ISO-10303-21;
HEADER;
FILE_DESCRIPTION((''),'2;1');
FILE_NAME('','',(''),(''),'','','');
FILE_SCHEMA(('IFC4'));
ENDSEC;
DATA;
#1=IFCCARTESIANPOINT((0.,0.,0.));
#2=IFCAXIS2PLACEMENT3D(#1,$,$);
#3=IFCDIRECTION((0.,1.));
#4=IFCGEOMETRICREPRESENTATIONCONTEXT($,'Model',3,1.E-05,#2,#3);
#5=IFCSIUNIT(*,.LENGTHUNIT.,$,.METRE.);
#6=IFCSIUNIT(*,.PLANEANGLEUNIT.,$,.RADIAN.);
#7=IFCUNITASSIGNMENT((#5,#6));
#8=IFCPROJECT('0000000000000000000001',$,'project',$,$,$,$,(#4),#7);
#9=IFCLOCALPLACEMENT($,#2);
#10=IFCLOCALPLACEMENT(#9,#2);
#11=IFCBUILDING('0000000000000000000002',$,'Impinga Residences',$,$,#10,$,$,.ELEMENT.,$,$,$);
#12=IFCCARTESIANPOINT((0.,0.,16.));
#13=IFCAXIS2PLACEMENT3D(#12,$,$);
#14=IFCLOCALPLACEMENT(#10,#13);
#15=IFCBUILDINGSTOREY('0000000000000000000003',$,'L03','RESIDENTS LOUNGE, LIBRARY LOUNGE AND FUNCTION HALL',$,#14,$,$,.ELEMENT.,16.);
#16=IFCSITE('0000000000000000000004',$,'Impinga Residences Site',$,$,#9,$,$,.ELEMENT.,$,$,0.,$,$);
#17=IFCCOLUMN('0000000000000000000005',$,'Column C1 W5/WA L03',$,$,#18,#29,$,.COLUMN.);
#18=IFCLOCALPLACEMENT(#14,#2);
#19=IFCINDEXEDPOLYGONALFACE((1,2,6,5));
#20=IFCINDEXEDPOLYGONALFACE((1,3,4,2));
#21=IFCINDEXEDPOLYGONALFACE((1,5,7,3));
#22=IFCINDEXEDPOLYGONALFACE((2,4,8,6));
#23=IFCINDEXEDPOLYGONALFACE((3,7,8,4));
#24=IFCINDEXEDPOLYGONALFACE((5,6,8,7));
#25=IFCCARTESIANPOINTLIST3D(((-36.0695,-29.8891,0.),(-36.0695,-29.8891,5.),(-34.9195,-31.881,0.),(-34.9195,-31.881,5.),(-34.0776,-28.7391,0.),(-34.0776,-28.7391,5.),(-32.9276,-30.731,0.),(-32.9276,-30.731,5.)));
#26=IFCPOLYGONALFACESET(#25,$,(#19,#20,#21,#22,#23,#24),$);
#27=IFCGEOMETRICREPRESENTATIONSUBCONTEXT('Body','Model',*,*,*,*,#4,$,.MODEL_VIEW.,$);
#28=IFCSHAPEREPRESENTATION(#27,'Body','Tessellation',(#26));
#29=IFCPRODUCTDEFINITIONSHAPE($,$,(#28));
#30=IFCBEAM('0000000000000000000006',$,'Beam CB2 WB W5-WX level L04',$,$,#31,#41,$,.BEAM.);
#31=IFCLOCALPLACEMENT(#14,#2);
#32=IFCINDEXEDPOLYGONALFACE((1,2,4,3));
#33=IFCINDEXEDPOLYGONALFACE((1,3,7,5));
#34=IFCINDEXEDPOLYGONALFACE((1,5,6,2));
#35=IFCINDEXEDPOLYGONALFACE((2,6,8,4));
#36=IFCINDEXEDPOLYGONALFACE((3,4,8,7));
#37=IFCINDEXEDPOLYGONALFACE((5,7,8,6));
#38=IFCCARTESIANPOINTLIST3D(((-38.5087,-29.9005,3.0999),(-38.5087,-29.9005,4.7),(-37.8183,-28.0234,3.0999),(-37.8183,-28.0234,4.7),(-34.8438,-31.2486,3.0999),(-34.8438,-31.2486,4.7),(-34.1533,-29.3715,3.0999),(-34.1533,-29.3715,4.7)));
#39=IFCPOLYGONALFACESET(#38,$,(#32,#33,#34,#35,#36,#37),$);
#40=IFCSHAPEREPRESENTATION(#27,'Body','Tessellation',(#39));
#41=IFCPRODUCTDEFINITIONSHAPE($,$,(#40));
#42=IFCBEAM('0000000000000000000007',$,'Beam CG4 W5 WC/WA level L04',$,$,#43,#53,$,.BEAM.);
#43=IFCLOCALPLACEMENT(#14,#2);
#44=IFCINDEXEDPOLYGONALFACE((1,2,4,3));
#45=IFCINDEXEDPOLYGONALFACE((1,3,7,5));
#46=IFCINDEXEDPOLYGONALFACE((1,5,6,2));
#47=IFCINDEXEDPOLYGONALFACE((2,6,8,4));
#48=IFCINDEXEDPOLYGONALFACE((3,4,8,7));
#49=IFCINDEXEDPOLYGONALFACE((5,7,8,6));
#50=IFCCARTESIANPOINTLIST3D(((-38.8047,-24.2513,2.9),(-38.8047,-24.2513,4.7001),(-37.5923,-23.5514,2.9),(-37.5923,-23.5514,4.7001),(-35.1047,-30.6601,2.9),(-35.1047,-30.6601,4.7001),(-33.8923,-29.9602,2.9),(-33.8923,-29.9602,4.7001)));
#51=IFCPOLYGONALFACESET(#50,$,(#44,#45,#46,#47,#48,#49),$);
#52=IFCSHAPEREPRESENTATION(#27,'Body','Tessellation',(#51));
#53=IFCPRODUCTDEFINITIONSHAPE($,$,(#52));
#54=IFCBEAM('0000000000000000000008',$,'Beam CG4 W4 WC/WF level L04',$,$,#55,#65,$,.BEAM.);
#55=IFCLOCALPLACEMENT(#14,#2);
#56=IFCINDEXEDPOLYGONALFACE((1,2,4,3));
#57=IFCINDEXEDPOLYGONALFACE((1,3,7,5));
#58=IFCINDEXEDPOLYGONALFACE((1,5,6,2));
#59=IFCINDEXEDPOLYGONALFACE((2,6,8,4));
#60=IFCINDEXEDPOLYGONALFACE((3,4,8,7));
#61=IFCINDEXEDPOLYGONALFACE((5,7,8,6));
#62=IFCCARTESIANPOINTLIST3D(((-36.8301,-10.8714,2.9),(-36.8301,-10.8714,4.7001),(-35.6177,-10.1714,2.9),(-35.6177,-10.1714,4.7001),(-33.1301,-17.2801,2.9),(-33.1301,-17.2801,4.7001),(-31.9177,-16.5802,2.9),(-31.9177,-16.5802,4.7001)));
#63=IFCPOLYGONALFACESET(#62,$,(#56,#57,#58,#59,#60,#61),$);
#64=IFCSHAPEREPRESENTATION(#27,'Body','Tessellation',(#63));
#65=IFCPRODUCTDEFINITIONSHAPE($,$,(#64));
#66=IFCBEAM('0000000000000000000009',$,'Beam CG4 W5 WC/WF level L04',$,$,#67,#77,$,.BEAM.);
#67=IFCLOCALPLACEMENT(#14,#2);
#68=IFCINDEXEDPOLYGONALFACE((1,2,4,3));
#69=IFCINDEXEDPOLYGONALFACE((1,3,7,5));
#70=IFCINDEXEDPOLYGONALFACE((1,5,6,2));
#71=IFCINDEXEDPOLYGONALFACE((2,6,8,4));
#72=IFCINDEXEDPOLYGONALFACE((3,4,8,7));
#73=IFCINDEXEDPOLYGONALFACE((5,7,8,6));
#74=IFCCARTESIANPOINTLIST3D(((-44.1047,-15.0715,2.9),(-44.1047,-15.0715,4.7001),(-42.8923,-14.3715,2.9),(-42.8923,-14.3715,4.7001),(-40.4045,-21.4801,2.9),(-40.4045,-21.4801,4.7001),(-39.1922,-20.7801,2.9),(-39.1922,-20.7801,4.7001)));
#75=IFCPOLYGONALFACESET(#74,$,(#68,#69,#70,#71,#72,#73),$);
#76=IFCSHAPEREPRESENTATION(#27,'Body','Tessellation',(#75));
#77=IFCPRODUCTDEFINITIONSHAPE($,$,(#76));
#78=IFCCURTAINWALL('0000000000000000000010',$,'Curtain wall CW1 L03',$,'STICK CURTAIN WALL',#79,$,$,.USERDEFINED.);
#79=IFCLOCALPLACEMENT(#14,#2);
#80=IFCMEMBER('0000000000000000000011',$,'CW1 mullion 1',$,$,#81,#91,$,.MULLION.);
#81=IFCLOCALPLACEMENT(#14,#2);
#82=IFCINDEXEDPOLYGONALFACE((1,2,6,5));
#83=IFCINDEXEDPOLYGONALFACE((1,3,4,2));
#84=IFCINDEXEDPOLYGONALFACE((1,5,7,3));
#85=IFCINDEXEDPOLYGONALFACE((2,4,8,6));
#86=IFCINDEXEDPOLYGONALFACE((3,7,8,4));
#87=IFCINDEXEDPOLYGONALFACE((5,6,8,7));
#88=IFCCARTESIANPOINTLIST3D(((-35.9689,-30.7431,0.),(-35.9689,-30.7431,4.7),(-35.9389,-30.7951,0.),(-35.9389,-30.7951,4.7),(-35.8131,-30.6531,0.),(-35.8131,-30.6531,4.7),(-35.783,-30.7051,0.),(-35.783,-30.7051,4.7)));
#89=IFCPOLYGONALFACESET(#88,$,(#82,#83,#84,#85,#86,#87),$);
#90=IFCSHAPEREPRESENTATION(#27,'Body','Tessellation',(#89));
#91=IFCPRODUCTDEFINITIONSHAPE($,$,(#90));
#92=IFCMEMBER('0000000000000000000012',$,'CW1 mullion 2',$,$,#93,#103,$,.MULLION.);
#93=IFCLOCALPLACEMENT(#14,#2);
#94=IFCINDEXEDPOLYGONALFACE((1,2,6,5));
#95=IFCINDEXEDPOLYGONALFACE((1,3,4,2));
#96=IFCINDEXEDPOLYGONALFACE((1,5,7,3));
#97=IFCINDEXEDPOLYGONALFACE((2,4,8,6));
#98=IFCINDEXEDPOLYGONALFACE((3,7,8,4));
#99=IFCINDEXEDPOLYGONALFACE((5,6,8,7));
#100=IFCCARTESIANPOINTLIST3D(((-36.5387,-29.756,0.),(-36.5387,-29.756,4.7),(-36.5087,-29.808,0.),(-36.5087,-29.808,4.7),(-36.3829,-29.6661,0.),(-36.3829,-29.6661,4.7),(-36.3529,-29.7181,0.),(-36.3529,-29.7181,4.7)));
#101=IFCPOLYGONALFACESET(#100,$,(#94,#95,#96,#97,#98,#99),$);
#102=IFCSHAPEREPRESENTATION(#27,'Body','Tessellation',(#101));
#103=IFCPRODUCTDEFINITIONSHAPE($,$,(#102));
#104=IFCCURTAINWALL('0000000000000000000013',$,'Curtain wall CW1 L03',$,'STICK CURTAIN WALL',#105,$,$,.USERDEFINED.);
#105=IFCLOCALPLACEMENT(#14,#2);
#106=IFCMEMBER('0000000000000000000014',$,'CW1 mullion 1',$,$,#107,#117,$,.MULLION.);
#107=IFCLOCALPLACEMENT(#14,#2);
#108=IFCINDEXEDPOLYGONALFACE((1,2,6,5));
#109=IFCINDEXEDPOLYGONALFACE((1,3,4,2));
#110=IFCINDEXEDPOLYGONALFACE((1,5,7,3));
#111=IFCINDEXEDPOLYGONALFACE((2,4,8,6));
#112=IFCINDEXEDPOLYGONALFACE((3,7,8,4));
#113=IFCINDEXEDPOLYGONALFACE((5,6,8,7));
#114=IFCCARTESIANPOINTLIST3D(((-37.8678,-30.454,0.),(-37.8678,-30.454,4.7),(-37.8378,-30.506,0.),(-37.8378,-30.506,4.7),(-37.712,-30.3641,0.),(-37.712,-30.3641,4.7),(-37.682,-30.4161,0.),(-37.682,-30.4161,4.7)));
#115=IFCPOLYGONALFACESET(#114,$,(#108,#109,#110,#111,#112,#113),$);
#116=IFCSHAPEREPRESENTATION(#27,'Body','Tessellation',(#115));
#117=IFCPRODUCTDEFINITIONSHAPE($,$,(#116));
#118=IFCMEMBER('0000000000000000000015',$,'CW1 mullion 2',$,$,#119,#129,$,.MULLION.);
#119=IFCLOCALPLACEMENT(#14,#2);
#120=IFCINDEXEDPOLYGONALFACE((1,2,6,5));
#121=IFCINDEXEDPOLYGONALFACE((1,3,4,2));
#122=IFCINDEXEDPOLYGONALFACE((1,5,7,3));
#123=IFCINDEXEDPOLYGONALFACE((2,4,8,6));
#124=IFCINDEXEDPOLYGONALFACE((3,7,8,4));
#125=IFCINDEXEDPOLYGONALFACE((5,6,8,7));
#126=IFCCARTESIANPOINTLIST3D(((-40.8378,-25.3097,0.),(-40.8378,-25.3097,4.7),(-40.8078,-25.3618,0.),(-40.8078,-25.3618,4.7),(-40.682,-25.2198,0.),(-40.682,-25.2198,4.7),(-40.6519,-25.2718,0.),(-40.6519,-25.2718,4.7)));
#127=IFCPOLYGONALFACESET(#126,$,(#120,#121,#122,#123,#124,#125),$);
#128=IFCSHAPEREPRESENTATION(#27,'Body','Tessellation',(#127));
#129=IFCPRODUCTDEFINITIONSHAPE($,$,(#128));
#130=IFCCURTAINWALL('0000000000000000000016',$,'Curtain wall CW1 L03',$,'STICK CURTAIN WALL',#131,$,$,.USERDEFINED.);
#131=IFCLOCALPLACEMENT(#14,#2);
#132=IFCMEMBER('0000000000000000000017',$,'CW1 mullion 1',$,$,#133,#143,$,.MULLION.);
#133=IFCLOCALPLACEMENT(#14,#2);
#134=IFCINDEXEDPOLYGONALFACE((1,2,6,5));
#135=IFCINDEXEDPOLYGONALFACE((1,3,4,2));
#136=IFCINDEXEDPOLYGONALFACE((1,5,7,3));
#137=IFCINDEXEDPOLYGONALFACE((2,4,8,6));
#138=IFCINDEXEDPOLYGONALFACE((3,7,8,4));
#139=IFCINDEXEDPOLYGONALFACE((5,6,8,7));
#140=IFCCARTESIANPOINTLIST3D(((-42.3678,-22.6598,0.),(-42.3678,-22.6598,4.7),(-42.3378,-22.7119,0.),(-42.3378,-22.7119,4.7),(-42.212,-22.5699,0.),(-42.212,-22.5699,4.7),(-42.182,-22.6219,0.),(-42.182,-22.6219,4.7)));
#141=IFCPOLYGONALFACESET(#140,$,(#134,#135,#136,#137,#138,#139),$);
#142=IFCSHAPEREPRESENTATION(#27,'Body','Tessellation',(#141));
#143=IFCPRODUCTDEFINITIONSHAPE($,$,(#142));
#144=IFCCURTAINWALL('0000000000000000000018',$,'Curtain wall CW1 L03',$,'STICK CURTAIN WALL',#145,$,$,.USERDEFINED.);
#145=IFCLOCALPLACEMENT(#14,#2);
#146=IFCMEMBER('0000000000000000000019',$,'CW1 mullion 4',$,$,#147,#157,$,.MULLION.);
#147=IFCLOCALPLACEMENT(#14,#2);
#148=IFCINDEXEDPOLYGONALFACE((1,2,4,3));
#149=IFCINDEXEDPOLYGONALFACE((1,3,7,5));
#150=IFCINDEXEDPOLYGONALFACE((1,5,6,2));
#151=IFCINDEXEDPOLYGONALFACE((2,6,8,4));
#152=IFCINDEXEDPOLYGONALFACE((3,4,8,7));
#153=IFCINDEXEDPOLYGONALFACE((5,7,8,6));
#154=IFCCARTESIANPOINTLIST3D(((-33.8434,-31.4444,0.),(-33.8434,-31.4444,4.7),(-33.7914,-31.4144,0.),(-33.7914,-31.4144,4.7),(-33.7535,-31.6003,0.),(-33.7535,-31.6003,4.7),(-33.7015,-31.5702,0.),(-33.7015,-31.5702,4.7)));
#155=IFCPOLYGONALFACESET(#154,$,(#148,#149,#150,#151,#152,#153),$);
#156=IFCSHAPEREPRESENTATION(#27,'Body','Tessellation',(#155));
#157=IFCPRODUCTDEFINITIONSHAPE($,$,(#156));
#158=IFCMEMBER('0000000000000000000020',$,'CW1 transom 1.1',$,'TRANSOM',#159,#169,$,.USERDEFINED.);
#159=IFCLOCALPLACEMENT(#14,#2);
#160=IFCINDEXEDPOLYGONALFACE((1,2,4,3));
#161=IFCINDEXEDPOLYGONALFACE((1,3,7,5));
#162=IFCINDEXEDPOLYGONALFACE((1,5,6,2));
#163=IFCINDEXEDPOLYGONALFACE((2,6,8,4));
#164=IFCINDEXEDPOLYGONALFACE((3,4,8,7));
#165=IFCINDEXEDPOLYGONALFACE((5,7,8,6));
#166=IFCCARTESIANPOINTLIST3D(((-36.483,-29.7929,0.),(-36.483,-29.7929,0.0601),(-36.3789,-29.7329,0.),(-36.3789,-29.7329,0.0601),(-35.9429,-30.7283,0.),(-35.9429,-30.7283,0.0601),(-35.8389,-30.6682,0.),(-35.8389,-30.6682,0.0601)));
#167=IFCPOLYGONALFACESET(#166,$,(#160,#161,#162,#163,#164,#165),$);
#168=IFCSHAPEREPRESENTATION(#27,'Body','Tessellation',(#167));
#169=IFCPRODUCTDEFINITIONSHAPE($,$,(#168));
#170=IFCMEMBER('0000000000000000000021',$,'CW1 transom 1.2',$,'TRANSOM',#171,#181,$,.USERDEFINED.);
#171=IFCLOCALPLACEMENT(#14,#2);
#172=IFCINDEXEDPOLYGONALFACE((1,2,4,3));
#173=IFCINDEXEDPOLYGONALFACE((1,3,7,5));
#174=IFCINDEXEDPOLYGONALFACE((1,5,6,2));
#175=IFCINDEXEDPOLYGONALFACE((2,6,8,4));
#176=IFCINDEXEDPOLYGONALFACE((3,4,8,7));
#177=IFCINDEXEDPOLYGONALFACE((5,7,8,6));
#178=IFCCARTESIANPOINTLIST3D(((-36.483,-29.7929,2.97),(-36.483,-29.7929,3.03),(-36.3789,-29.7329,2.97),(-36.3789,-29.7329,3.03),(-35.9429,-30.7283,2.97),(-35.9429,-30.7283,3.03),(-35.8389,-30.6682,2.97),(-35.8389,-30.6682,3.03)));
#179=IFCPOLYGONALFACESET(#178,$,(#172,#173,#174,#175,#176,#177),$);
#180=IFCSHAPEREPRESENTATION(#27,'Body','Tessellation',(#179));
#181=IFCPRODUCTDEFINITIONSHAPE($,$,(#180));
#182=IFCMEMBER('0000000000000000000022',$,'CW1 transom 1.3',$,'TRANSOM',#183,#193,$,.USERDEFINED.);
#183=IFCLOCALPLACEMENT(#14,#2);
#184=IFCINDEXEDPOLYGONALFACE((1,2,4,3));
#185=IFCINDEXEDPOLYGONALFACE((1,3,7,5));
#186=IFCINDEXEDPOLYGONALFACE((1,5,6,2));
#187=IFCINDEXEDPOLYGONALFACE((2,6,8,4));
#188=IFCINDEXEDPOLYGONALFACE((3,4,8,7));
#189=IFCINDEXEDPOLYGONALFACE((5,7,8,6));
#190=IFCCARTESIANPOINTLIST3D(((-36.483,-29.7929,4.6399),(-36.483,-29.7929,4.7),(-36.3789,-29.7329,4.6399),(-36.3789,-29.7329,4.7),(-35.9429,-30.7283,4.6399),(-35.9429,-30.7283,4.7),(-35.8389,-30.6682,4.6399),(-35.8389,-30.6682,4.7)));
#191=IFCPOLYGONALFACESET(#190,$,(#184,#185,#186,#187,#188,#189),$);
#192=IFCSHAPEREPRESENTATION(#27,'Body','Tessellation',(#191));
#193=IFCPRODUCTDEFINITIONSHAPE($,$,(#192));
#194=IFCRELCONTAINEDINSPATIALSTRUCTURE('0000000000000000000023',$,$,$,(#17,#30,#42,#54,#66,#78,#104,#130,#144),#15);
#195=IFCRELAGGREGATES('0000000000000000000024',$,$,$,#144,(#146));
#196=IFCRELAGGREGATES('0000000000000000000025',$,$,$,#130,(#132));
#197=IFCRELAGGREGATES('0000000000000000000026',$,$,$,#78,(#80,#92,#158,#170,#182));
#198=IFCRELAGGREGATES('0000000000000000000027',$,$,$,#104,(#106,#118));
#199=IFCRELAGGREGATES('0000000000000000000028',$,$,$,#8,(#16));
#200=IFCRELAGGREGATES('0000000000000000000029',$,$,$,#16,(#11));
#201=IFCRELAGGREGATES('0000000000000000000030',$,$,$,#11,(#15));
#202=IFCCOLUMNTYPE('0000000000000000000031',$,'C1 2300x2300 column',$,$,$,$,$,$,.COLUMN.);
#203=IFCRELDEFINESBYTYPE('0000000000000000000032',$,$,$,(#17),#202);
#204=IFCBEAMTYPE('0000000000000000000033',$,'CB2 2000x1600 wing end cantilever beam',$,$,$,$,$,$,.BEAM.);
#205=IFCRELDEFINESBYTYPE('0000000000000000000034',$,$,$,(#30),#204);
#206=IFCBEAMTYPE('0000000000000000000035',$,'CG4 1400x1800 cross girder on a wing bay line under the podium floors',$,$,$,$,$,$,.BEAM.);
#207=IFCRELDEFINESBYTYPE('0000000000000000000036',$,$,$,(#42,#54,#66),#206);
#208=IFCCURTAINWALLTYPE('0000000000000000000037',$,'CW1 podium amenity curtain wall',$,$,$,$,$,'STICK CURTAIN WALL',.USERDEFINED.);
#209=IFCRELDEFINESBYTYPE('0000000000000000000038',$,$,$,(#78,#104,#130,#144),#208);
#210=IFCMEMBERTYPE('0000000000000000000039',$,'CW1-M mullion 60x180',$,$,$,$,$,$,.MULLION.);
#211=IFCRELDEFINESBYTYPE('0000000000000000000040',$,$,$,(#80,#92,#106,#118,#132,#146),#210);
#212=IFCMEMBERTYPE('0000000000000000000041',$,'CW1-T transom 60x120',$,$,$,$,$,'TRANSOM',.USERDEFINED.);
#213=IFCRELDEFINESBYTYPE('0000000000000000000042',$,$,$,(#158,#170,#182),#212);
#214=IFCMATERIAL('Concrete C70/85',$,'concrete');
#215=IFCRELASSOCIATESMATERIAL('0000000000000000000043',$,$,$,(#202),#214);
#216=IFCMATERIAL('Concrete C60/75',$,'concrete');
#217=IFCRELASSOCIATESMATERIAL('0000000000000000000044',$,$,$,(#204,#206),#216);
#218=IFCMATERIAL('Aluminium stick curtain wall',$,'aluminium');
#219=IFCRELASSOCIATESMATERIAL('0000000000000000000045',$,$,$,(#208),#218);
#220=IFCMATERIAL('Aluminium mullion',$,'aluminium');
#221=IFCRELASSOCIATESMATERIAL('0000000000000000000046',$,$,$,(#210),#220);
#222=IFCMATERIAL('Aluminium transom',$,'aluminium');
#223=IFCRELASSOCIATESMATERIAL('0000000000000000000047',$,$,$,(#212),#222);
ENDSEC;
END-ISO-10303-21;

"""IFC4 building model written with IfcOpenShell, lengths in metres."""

from ifc_helpers import new_model, si_unit, direction, frame, origin, origin_2d, place, context, subcontext, project, spatial, rectangle, extrude, material, material_profile, profile_set, type_object, element, aggregate, save


model = new_model("IFC4")

# Units and contexts
model_context = context("Model", 3, precision=1e-05, world=origin(), true_north=direction((0.0, 1.0)))
body_context = subcontext(model_context, "Body", "Model", "MODEL_VIEW")
ifc_project = project(units=[si_unit("LENGTHUNIT", "METRE"), si_unit("PLANEANGLEUNIT", "RADIAN")], contexts=[model_context])

# Site, building, storey
site_placement = place(None, origin())
site = spatial("IfcSite", under=ifc_project, at=site_placement, Name="Impinga Residences Site", CompositionType="ELEMENT", RefElevation=0.0)
building_placement = place(site_placement, origin())
building = spatial("IfcBuilding", under=site, at=building_placement, Name="Impinga Residences", CompositionType="ELEMENT")
storey_placement = place(building_placement, frame((0.0, 0.0, 16.0)))
storey = spatial("IfcBuildingStorey", under=building, at=storey_placement, Name="L03", Description="RESIDENTS LOUNGE, LIBRARY LOUNGE AND FUNCTION HALL", CompositionType="ELEMENT", Elevation=16.0)

# Column
ifc_material_1 = material(Name="Concrete C70/85", Category="concrete")
ifc_material_profile_1 = material_profile(ifc_material_1, rectangle(XDim=2.3, YDim=2.3, at=origin_2d()), Name="RC 2300x2300")
ifc_profile_set_1 = profile_set([ifc_material_profile_1], Name="Concrete C70/85")
column_type = type_object("IfcColumnType", Name="C1 2300x2300 column", PredefinedType="COLUMN", material=ifc_profile_set_1)
column_placement = place(storey_placement, frame((-34.4985, -30.3101, 0.0), z_axis=(0.0, 0.0, 1.0), x_axis=(-0.5, 0.866025, 0.0)))
element("IfcColumn", 1, at=column_placement, inside=storey, type_object=column_type, Name="Column C1 W5/WA L03", PredefinedType="COLUMN", context=body_context, shape_type="SweptSolid", body=[
    extrude(rectangle(XDim=2.3, YDim=2.3, at=origin_2d()), origin(), (0.0, 0.0, 1.0), 5.0),
])

# Beams
ifc_material_2 = material(Name="Concrete C60/75", Category="concrete")
ifc_material_profile_2 = material_profile(ifc_material_2, rectangle(XDim=2.0, YDim=1.6001, at=origin_2d()), Name="RC 2000x1600")
ifc_profile_set_2 = profile_set([ifc_material_profile_2], Name="Concrete C60/75")
beam_type_1 = type_object("IfcBeamType", Name="CB2 2000x1600 wing end cantilever beam", PredefinedType="BEAM", material=ifc_profile_set_2)
beam_placement = place(storey_placement, frame((-34.4985, -30.3101, 3.8999), z_axis=(-0.93852, 0.345224, 0.0), x_axis=(-0.345224, -0.93852, 0.0)))
element("IfcBeam", 2, at=beam_placement, inside=storey, type_object=beam_type_1, Name="Beam CB2 WB W5-WX level L04", PredefinedType="BEAM", context=body_context, shape_type="SweptSolid", body=[
    extrude(rectangle(XDim=2.0, YDim=1.6001, at=origin_2d()), origin(), (0.0, 0.0, 1.0), 3.905),
])
ifc_material_profile_3 = material_profile(ifc_material_2, rectangle(XDim=1.3999, YDim=1.8, at=origin_2d()), Name="RC 1400x1800")
ifc_profile_set_3 = profile_set([ifc_material_profile_3], Name="Concrete C60/75")
beam_type_2 = type_object("IfcBeamType", Name="CG4 1400x1800 cross girder on a wing bay line under the podium floors", PredefinedType="BEAM", material=ifc_profile_set_3)
for number, where, z_axis, x_axis, name in (
    (3, (-38.1985, -23.9014, 3.8), (0.499989, -0.866032, 0.0), (0.866032, 0.499989, 0.0), "Beam CG4 W5 WC/WA level L04"),
    (4, (-32.5239, -16.9302, 3.8), (-0.499989, 0.866032, 0.0), (-0.866032, -0.499989, 0.0), "Beam CG4 W4 WC/WF level L04"),
    (5, (-39.7983, -21.1301, 3.8), (-0.500014, 0.866017, 0.0), (-0.866017, -0.500014, 0.0), "Beam CG4 W5 WC/WF level L04"),
):
    element("IfcBeam", number, at=place(storey_placement, frame(where, z_axis=z_axis, x_axis=x_axis)), inside=storey, type_object=beam_type_2, Name=name, PredefinedType="BEAM", context=body_context, shape_type="SweptSolid", body=[
        extrude(rectangle(XDim=1.3999, YDim=1.8, at=origin_2d()), origin(), (0.0, 0.0, 1.0), 7.4001),
    ])

# Curtain walls, members
ifc_material_3 = material(Name="Aluminium stick curtain wall", Category="aluminium")
curtain_wall_type = type_object("IfcCurtainWallType", Name="CW1 podium amenity curtain wall", ElementType="STICK CURTAIN WALL", PredefinedType="USERDEFINED", material=ifc_material_3)
curtain_wall_1_placement = place(storey_placement, origin())
curtain_wall_1 = element("IfcCurtainWall", 6, at=curtain_wall_1_placement, inside=storey, type_object=curtain_wall_type, Name="Curtain wall CW1 L03", ObjectType="STICK CURTAIN WALL", PredefinedType="USERDEFINED")
ifc_material_4 = material(Name="Aluminium mullion", Category="aluminium")
ifc_material_profile_4 = material_profile(ifc_material_4, rectangle(XDim=0.0601, YDim=0.1799, at=origin_2d()), Name="60x180 mullion")
ifc_profile_set_4 = profile_set([ifc_material_profile_4], Name="Aluminium mullion")
member_type_1 = type_object("IfcMemberType", Name="CW1-M mullion 60x180", PredefinedType="MULLION", material=ifc_profile_set_4)
member_1_placement = place(storey_placement, frame((-35.876, -30.7241, 0.0), z_axis=(0.0, 0.0, 1.0), x_axis=(-0.5, 0.866026, 0.0)))
member_1 = element("IfcMember", 7, at=member_1_placement, type_object=member_type_1, Name="CW1 mullion 1", PredefinedType="MULLION", context=body_context, shape_type="SweptSolid", body=[
    extrude(rectangle(XDim=0.0601, YDim=0.1799, at=origin_2d()), origin(), (0.0, 0.0, 1.0), 4.7),
])
member_2_placement = place(storey_placement, frame((-36.4458, -29.7371, 0.0), z_axis=(0.0, 0.0, 1.0), x_axis=(-0.5, 0.866026, 0.0)))
member_2 = element("IfcMember", 8, at=member_2_placement, type_object=member_type_1, Name="CW1 mullion 2", PredefinedType="MULLION", context=body_context, shape_type="SweptSolid", body=[
    extrude(rectangle(XDim=0.0601, YDim=0.1799, at=origin_2d()), origin(), (0.0, 0.0, 1.0), 4.7),
])
curtain_wall_2_placement = place(storey_placement, origin())
curtain_wall_2 = element("IfcCurtainWall", 9, at=curtain_wall_2_placement, inside=storey, type_object=curtain_wall_type, Name="Curtain wall CW1 L03", ObjectType="STICK CURTAIN WALL", PredefinedType="USERDEFINED")
member_3_placement = place(storey_placement, frame((-37.7749, -30.4351, 0.0), z_axis=(0.0, 0.0, 1.0), x_axis=(-0.5, 0.866025, 0.0)))
member_3 = element("IfcMember", 10, at=member_3_placement, type_object=member_type_1, Name="CW1 mullion 1", PredefinedType="MULLION", context=body_context, shape_type="SweptSolid", body=[
    extrude(rectangle(XDim=0.0601, YDim=0.1799, at=origin_2d()), origin(), (0.0, 0.0, 1.0), 4.7),
])
member_4_placement = place(storey_placement, frame((-40.7449, -25.2908, 0.0), z_axis=(0.0, 0.0, 1.0), x_axis=(-0.5, 0.866025, 0.0)))
member_4 = element("IfcMember", 11, at=member_4_placement, type_object=member_type_1, Name="CW1 mullion 2", PredefinedType="MULLION", context=body_context, shape_type="SweptSolid", body=[
    extrude(rectangle(XDim=0.0601, YDim=0.1799, at=origin_2d()), origin(), (0.0, 0.0, 1.0), 4.7),
])

# Curtain walls, members
curtain_wall_3_placement = place(storey_placement, origin())
curtain_wall_3 = element("IfcCurtainWall", 12, at=curtain_wall_3_placement, inside=storey, type_object=curtain_wall_type, Name="Curtain wall CW1 L03", ObjectType="STICK CURTAIN WALL", PredefinedType="USERDEFINED")
member_5_placement = place(storey_placement, frame((-42.2749, -22.6409, 0.0), z_axis=(0.0, 0.0, 1.0), x_axis=(-0.5, 0.866025, 0.0)))
member_5 = element("IfcMember", 13, at=member_5_placement, type_object=member_type_1, Name="CW1 mullion 1", PredefinedType="MULLION", context=body_context, shape_type="SweptSolid", body=[
    extrude(rectangle(XDim=0.0601, YDim=0.1799, at=origin_2d()), origin(), (0.0, 0.0, 1.0), 4.7),
])
curtain_wall_4_placement = place(storey_placement, origin())
curtain_wall_4 = element("IfcCurtainWall", 14, at=curtain_wall_4_placement, inside=storey, type_object=curtain_wall_type, Name="Curtain wall CW1 L03", ObjectType="STICK CURTAIN WALL", PredefinedType="USERDEFINED")
member_6_placement = place(storey_placement, frame((-33.7725, -31.5073, 0.0), z_axis=(0.0, 0.0, 1.0), x_axis=(-0.866025, -0.5, 0.0)))
member_6 = element("IfcMember", 15, at=member_6_placement, type_object=member_type_1, Name="CW1 mullion 4", PredefinedType="MULLION", context=body_context, shape_type="SweptSolid", body=[
    extrude(rectangle(XDim=0.0601, YDim=0.1799, at=origin_2d()), origin(), (0.0, 0.0, 1.0), 4.7),
])
aggregate(curtain_wall_4, [member_6])

# Members
ifc_material_5 = material(Name="Aluminium transom", Category="aluminium")
ifc_material_profile_5 = material_profile(ifc_material_5, rectangle(XDim=0.0601, YDim=0.1201, at=origin_2d()), Name="60x120 transom")
ifc_profile_set_5 = profile_set([ifc_material_profile_5], Name="Aluminium transom")
member_type_2 = type_object("IfcMemberType", Name="CW1-T transom 60x120", ElementType="TRANSOM", PredefinedType="USERDEFINED", material=ifc_profile_set_5)
member_7_placement = place(storey_placement, frame((-35.8909, -30.6982, 0.03), z_axis=(-0.500029, 0.866009, 0.0), x_axis=(0.0, 0.0, 1.0)))
member_7 = element("IfcMember", 16, at=member_7_placement, type_object=member_type_2, Name="CW1 transom 1.1", ObjectType="TRANSOM", PredefinedType="USERDEFINED", context=body_context, shape_type="SweptSolid", body=[
    extrude(rectangle(XDim=0.0601, YDim=0.1201, at=origin_2d()), origin(), (0.0, 0.0, 1.0), 1.0801),
])
member_8_placement = place(storey_placement, frame((-35.8909, -30.6982, 3.0), z_axis=(-0.500029, 0.866009, 0.0), x_axis=(0.0, 0.0, 1.0)))
member_8 = element("IfcMember", 17, at=member_8_placement, type_object=member_type_2, Name="CW1 transom 1.2", ObjectType="TRANSOM", PredefinedType="USERDEFINED", context=body_context, shape_type="SweptSolid", body=[
    extrude(rectangle(XDim=0.0601, YDim=0.1201, at=origin_2d()), origin(), (0.0, 0.0, 1.0), 1.0801),
])
member_9_placement = place(storey_placement, frame((-35.8909, -30.6982, 4.6699), z_axis=(-0.500029, 0.866009, 0.0), x_axis=(0.0, 0.0, 1.0)))
member_9 = element("IfcMember", 18, at=member_9_placement, type_object=member_type_2, Name="CW1 transom 1.3", ObjectType="TRANSOM", PredefinedType="USERDEFINED", context=body_context, shape_type="SweptSolid", body=[
    extrude(rectangle(XDim=0.0601, YDim=0.1201, at=origin_2d()), origin(), (0.0, 0.0, 1.0), 1.0801),
])
aggregate(curtain_wall_3, [member_5])

aggregate(curtain_wall_1, [member_1, member_2, member_7, member_8, member_9])
aggregate(curtain_wall_2, [member_3, member_4])

save(model, "model.ifc")
